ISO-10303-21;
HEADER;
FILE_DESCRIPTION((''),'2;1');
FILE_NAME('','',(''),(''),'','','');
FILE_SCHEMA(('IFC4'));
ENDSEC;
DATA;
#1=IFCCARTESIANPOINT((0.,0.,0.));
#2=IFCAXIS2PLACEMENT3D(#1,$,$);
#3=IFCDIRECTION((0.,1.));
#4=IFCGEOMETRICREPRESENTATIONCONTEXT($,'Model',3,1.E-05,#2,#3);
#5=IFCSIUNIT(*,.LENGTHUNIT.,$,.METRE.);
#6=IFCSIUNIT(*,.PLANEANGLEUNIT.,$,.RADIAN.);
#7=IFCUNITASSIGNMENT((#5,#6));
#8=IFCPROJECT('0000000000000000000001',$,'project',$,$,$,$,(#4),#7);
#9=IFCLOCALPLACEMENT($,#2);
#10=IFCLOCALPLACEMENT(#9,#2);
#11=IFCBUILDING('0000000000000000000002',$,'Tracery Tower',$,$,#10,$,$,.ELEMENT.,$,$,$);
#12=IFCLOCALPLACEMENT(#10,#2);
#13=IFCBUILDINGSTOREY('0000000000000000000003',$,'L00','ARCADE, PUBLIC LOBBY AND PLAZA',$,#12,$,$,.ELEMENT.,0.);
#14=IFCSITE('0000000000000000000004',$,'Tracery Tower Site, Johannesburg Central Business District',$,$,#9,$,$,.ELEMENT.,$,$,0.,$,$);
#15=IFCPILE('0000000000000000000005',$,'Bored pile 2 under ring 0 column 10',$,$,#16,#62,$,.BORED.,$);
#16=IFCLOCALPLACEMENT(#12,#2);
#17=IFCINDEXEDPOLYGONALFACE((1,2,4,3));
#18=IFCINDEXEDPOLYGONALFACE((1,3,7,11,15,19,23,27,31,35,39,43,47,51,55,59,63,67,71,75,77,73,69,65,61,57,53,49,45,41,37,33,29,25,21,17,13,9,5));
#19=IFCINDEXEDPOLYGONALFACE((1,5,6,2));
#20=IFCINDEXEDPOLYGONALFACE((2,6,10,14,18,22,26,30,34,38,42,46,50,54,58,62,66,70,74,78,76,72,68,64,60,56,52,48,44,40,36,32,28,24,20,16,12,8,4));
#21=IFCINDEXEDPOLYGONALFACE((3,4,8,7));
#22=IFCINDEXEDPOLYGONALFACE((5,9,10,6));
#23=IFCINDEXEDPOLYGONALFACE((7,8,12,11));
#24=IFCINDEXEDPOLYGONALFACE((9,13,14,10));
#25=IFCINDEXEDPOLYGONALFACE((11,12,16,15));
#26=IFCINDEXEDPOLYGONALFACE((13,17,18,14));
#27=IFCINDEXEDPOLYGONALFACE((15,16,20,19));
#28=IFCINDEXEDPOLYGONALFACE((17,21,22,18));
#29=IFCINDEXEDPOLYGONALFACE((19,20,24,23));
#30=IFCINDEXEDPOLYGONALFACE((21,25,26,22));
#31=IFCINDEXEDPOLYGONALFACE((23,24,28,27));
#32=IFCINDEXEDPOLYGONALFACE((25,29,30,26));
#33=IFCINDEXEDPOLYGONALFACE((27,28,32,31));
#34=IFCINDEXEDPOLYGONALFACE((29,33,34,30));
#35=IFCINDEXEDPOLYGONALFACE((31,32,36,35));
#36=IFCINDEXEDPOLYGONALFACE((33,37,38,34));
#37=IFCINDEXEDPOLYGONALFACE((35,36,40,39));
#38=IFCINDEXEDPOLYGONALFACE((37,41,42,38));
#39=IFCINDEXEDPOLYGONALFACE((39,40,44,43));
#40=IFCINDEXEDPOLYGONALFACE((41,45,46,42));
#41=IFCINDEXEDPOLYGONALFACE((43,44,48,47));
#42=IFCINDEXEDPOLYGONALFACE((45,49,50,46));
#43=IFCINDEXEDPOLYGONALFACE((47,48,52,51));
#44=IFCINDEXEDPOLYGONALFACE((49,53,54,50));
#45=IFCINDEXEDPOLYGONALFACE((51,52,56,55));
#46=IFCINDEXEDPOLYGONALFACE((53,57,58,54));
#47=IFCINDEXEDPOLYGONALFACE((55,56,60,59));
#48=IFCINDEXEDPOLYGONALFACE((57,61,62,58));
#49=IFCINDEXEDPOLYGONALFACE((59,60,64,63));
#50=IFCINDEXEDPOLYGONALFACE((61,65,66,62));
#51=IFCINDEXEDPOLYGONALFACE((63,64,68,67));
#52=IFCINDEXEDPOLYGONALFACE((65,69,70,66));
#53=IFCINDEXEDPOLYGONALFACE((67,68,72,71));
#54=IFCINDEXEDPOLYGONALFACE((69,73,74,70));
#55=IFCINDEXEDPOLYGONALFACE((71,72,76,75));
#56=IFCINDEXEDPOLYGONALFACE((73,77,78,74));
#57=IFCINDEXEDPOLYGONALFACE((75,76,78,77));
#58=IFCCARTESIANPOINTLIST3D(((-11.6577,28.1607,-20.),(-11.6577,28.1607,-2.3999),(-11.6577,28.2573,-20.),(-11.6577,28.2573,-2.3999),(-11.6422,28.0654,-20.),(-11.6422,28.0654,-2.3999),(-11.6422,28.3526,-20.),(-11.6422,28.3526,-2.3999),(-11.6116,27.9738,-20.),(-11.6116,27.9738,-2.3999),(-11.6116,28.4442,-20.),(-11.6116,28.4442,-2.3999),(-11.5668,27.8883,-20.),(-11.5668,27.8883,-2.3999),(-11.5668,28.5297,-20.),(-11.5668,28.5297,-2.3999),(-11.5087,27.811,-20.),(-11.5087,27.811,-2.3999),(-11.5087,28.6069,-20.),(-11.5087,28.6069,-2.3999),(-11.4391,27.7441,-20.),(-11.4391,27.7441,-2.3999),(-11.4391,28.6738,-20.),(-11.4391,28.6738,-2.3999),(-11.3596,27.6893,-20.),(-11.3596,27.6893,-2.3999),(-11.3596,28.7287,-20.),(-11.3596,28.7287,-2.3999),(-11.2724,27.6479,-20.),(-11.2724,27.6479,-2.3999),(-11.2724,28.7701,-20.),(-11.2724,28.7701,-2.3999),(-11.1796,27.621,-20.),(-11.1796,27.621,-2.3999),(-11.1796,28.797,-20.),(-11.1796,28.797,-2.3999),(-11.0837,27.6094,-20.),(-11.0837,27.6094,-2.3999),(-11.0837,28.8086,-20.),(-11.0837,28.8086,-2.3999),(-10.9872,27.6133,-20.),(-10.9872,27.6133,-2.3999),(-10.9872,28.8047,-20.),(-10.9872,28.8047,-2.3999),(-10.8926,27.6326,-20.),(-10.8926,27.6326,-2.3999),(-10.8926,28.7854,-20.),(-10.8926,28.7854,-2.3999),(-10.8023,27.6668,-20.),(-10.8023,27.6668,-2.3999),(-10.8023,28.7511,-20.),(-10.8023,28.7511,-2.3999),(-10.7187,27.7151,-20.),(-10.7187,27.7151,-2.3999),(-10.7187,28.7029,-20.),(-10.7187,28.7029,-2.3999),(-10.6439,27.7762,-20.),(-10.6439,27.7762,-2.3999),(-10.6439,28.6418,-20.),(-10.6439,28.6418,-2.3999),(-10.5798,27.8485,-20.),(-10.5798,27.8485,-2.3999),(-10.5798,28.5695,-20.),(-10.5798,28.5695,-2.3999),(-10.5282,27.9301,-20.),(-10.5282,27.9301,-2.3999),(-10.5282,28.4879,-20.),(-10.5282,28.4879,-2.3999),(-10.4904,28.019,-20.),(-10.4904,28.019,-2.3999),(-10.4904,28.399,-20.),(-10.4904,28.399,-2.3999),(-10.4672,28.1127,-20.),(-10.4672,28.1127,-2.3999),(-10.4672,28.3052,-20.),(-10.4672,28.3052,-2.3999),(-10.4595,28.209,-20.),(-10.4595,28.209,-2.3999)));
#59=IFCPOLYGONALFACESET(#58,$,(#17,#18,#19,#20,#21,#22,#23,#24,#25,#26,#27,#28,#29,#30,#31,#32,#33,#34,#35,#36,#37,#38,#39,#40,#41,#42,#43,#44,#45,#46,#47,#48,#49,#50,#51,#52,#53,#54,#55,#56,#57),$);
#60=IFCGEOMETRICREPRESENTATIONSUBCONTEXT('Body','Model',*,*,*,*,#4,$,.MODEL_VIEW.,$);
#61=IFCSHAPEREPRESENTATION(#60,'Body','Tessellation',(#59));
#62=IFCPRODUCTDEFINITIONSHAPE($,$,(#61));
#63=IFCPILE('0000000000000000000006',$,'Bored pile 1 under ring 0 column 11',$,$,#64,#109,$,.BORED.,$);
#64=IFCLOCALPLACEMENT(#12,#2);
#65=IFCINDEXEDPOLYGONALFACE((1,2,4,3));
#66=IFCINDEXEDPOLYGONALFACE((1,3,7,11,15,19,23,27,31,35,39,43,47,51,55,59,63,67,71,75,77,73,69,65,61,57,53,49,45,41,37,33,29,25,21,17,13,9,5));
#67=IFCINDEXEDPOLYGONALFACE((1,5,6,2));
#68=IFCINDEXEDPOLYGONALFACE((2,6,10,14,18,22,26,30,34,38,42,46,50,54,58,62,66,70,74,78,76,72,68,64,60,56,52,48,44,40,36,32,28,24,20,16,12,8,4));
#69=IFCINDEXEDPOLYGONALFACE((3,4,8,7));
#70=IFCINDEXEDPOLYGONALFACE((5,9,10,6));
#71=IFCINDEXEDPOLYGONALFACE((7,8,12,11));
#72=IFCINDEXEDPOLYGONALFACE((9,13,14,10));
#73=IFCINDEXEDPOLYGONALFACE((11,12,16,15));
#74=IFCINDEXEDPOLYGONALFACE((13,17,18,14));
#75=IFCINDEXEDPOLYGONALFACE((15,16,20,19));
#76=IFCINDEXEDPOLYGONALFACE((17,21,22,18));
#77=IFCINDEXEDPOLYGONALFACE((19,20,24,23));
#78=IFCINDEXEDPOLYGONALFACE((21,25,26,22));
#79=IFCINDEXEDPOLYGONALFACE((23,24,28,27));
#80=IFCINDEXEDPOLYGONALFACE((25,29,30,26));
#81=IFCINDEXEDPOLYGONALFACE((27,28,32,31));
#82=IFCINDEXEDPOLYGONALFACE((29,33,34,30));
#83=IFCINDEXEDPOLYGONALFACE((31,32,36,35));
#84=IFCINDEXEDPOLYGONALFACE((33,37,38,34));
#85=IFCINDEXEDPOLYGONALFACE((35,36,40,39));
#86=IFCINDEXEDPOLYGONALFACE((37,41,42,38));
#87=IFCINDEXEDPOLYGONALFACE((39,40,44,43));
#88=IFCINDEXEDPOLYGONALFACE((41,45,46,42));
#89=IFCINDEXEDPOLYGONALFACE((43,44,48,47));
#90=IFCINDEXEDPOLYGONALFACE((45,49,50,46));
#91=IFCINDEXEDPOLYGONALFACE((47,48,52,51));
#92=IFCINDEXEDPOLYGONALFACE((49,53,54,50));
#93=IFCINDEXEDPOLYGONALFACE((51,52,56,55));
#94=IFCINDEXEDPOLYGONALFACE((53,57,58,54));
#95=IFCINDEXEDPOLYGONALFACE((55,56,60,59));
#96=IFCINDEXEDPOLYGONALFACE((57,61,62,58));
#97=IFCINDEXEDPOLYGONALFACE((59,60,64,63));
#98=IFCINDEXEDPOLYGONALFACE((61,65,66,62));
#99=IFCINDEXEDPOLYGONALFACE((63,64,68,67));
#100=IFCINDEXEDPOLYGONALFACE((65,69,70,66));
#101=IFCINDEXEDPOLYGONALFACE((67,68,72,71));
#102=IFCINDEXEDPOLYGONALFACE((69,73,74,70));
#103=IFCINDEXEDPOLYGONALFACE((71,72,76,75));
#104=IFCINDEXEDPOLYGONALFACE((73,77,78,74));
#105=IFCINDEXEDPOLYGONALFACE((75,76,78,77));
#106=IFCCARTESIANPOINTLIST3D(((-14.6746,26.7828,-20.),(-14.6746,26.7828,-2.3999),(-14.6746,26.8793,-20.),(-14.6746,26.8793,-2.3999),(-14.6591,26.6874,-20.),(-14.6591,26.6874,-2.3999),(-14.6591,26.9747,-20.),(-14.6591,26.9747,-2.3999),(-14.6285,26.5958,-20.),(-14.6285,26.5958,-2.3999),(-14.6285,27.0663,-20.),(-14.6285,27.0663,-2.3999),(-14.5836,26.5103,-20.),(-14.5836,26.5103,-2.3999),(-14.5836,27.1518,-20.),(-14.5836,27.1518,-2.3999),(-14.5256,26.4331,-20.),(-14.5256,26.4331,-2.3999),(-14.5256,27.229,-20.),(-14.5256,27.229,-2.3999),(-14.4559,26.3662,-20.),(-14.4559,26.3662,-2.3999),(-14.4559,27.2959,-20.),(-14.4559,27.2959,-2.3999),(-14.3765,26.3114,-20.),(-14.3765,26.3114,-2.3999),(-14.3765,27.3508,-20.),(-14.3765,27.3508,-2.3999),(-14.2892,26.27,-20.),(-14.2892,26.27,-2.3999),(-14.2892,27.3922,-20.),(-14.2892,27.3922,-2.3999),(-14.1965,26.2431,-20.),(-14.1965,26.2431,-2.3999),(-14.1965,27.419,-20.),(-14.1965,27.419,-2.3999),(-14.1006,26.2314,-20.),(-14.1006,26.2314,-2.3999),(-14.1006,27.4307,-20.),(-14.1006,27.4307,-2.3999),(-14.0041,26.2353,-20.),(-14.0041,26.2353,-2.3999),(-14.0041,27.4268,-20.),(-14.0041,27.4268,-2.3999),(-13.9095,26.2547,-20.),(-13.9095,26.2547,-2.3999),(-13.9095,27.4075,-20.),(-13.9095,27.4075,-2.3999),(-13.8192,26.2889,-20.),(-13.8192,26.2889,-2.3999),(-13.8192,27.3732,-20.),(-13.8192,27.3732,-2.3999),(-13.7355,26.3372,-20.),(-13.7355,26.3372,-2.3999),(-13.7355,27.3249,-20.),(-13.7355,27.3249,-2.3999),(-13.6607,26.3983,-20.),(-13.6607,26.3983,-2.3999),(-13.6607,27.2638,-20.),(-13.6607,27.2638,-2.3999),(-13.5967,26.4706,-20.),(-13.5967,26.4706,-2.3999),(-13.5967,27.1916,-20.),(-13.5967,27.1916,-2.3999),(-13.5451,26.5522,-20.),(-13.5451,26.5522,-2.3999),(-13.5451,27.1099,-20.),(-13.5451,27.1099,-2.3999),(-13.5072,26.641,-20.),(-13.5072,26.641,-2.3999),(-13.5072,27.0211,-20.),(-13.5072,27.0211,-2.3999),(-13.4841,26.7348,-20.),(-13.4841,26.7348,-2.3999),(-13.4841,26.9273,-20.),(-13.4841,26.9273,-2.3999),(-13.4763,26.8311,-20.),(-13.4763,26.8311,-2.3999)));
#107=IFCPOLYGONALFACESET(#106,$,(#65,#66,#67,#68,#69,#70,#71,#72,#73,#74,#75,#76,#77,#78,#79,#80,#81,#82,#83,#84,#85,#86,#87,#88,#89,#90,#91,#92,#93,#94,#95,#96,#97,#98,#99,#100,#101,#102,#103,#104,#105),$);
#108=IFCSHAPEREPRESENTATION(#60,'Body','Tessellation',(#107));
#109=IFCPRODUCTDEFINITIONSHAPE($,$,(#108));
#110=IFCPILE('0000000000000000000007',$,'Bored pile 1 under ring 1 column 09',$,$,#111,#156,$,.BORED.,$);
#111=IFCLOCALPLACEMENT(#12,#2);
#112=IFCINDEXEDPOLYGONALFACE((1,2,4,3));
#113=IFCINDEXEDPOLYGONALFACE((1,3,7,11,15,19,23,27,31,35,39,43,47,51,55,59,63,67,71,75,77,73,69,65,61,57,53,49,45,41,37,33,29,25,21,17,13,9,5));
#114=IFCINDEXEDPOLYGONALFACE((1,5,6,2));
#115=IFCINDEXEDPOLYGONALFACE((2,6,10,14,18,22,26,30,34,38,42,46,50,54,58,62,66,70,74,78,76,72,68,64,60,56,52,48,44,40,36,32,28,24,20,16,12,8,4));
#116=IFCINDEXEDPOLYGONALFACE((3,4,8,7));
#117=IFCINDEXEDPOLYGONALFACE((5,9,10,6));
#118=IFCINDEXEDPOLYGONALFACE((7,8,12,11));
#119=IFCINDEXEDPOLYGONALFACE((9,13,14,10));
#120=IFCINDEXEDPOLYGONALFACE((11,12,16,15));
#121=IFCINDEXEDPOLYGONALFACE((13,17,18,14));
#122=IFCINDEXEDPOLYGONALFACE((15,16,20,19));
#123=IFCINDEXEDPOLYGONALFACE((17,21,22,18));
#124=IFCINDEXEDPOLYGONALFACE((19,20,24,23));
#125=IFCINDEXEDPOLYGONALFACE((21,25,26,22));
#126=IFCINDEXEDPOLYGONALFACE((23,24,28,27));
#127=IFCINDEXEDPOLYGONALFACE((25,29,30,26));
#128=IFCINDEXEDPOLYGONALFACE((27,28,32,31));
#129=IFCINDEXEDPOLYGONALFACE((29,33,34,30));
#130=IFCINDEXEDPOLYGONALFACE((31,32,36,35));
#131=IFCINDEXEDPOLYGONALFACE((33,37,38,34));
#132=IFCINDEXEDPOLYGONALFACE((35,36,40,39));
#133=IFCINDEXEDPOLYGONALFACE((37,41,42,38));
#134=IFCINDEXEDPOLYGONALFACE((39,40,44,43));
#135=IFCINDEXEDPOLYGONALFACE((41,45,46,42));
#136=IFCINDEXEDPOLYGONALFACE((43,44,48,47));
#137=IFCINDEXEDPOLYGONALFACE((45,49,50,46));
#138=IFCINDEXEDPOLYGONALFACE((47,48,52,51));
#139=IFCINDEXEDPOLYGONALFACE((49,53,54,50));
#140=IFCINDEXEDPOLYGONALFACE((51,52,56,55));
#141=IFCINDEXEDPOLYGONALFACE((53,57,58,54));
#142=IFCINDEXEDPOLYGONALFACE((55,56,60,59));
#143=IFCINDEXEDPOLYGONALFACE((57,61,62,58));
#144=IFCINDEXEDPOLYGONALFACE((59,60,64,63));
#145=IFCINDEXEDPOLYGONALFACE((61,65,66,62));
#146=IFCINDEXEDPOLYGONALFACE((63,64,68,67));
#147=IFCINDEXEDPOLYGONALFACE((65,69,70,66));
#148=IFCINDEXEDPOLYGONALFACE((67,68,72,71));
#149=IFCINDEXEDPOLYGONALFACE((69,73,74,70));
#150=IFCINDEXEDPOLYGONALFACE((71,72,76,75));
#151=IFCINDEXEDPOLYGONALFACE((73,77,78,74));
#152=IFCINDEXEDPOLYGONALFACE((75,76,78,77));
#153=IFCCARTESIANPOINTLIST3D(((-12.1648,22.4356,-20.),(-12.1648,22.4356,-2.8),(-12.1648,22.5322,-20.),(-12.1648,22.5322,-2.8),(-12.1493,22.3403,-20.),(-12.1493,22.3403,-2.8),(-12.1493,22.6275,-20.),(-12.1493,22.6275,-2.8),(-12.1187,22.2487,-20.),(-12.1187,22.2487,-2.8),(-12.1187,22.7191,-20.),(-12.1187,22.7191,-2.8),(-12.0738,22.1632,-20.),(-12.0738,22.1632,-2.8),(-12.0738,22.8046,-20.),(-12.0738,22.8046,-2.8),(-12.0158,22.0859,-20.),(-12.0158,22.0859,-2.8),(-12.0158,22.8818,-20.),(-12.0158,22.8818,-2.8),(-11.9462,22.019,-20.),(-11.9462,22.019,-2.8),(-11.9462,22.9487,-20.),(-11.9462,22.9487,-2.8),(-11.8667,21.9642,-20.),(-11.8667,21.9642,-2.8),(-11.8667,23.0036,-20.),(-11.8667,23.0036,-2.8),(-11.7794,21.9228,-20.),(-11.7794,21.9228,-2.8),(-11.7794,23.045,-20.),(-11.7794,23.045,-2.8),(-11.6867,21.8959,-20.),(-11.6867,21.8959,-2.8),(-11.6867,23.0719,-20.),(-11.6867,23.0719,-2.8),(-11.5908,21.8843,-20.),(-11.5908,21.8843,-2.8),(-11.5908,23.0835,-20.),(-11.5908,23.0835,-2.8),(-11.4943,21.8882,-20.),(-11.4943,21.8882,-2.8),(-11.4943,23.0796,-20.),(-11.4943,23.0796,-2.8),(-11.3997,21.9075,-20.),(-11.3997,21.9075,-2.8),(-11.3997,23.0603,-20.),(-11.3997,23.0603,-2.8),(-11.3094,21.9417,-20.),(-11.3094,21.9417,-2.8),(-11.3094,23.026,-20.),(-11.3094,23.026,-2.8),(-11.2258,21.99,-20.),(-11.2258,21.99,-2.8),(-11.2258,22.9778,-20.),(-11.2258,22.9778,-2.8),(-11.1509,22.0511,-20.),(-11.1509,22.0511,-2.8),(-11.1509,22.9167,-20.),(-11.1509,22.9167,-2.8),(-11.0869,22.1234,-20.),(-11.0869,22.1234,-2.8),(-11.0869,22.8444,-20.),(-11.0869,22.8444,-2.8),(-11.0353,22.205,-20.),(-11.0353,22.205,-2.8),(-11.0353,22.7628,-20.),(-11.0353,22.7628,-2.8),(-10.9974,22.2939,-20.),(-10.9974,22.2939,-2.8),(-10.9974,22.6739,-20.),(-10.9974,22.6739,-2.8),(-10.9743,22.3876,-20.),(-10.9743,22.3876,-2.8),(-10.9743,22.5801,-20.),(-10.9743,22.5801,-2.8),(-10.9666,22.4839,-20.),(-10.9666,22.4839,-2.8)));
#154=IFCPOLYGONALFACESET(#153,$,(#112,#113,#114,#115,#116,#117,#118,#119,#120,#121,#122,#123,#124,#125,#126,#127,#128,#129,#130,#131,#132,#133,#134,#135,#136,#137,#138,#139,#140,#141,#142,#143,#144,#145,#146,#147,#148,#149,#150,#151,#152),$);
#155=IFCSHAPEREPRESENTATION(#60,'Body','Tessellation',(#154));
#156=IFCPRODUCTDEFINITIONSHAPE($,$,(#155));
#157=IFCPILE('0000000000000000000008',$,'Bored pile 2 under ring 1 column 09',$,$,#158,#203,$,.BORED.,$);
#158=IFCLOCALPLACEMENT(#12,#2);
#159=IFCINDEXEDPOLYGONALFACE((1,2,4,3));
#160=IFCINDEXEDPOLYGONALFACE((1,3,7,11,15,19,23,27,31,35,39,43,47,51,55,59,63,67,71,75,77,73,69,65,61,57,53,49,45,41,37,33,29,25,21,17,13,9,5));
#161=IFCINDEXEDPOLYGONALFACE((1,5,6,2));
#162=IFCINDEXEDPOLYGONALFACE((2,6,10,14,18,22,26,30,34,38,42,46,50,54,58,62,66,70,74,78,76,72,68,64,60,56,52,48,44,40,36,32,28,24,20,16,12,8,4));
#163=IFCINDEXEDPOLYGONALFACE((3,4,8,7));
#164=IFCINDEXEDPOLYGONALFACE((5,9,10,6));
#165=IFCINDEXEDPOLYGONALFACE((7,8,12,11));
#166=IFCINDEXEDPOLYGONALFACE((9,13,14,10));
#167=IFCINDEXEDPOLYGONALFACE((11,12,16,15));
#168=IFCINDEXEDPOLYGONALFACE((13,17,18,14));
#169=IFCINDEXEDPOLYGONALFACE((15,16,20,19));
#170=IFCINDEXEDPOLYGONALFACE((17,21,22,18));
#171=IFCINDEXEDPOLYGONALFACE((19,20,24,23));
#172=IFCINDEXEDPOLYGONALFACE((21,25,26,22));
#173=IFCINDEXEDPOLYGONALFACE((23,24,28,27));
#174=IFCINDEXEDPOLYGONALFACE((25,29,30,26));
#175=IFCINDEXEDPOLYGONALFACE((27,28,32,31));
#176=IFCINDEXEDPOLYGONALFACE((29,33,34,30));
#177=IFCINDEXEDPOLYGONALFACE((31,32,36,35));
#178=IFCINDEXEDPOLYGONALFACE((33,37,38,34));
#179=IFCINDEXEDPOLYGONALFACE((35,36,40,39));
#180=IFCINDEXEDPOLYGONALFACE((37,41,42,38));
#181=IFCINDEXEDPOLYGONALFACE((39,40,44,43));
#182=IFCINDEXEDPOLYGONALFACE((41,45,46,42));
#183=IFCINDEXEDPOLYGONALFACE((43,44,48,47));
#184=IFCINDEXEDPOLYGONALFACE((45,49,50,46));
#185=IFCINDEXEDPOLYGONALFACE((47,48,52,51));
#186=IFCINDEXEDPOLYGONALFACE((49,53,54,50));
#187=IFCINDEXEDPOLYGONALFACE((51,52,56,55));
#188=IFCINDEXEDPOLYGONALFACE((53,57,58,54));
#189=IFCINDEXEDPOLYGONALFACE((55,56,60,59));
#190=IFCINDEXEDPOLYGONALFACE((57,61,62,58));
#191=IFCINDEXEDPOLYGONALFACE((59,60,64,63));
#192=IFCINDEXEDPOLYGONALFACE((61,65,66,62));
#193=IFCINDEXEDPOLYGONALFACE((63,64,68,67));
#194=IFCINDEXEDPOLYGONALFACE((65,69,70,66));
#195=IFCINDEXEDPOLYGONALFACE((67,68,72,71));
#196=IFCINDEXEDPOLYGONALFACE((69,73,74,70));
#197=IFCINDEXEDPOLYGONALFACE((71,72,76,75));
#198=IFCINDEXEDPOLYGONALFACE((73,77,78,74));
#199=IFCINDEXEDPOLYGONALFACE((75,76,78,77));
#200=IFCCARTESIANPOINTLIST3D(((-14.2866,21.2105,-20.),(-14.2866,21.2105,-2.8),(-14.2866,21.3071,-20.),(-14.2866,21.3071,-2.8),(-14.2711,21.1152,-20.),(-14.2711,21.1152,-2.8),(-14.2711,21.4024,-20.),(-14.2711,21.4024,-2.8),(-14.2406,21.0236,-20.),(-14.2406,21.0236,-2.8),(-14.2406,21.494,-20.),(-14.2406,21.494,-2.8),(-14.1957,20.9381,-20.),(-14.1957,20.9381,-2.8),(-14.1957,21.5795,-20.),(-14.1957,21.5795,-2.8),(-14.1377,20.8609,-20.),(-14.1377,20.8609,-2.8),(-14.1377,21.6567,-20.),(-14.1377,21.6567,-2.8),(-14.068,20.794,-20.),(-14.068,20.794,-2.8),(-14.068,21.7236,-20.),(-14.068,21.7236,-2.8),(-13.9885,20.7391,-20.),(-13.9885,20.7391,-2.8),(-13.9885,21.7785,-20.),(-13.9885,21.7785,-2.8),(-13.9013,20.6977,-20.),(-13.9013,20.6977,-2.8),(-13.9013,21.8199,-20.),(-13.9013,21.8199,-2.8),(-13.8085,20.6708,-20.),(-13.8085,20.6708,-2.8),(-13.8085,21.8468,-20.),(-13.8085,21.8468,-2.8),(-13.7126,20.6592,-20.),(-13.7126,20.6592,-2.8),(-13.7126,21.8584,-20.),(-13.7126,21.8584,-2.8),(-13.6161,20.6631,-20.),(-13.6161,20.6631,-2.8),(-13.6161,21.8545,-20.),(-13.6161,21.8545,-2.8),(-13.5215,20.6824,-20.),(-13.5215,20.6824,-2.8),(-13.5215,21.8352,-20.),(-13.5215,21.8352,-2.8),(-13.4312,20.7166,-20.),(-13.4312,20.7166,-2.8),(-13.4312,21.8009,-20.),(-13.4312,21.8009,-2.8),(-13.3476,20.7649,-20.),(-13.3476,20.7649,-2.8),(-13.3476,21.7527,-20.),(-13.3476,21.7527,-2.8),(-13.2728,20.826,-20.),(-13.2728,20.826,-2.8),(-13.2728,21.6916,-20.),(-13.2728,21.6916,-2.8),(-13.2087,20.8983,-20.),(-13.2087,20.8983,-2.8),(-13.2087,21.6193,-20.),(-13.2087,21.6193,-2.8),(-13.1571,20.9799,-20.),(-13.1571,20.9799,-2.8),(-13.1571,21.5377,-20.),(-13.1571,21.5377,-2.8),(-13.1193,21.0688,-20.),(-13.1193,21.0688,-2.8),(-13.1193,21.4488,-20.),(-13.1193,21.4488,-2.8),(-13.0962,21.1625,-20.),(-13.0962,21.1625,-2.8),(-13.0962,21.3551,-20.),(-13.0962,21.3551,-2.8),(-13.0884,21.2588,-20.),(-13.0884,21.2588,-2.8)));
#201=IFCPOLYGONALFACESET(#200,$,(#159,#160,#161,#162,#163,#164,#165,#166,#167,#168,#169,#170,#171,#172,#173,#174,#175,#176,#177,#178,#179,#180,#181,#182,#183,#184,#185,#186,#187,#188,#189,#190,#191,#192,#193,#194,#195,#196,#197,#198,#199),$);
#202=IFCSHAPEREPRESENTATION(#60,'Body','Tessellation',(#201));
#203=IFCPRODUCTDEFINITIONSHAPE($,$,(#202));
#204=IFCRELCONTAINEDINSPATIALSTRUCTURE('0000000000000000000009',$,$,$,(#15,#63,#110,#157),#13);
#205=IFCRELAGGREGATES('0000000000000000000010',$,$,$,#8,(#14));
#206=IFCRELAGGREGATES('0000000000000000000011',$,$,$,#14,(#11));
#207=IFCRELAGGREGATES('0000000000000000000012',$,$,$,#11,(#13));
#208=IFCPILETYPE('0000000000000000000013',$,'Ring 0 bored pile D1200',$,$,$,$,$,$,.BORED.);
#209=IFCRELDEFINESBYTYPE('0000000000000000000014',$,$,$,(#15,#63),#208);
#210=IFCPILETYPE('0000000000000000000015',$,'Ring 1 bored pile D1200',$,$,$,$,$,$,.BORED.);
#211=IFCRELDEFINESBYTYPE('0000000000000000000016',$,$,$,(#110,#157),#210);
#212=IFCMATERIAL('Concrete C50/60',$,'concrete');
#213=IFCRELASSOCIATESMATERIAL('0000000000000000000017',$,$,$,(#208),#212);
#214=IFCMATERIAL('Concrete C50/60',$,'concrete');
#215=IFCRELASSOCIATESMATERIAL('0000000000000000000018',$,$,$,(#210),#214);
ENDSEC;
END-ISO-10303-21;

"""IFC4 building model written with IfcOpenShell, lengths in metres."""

from ifc_helpers import new_model, si_unit, direction, frame, origin, origin_2d, place, context, subcontext, project, spatial, circle, extrude, material, material_profile, profile_set, type_object, element, save


model = new_model("IFC4")

# Units and contexts
model_context = context("Model", 3, precision=1e-05, world=origin(), true_north=direction((0.0, 1.0)))
body_context = subcontext(model_context, "Body", "Model", "MODEL_VIEW")
ifc_project = project(units=[si_unit("LENGTHUNIT", "METRE"), si_unit("PLANEANGLEUNIT", "RADIAN")], contexts=[model_context])

# Site, building, storey
site_placement = place(None, origin())
site = spatial("IfcSite", under=ifc_project, at=site_placement, Name="Tracery Tower Site, Johannesburg Central Business District", CompositionType="ELEMENT", RefElevation=0.0)
building_placement = place(site_placement, origin())
building = spatial("IfcBuilding", under=site, at=building_placement, Name="Tracery Tower", CompositionType="ELEMENT")
storey_placement = place(building_placement, origin())
storey = spatial("IfcBuildingStorey", under=building, at=storey_placement, Name="L00", Description="ARCADE, PUBLIC LOBBY AND PLAZA", CompositionType="ELEMENT", Elevation=0.0)

# Piles
ifc_material_1 = material(Name="Concrete C50/60", Category="concrete")
ifc_material_profile_1 = material_profile(ifc_material_1, circle(Radius=0.6001, at=origin_2d()), Name="RC D1200")
ifc_profile_set_1 = profile_set([ifc_material_profile_1], Name="Concrete C50/60")
pile_type_1 = type_object("IfcPileType", Name="Ring 0 bored pile D1200", PredefinedType="BORED", material=ifc_profile_set_1)
for number, where, z_axis, x_axis, name in (
    (1, (-11.0596, 28.209, -2.3999), (0.0, 0.0, -1.0), (1.0, 0.0, 0.0), "Bored pile 2 under ring 0 column 10"),
    (2, (-14.0764, 26.8311, -2.3999), (0.0, 0.0, -1.0), (1.0, 0.0, 0.0), "Bored pile 1 under ring 0 column 11"),
):
    element("IfcPile", number, at=place(storey_placement, frame(where, z_axis=z_axis, x_axis=x_axis)), inside=storey, type_object=pile_type_1, Name=name, PredefinedType="BORED", context=body_context, shape_type="SweptSolid", body=[
        extrude(circle(Radius=0.6001, at=origin_2d()), origin(), (0.0, 0.0, 1.0), 17.6001),
    ])
ifc_material_2 = material(Name="Concrete C50/60", Category="concrete")
ifc_material_profile_2 = material_profile(ifc_material_2, circle(Radius=0.6001, at=origin_2d()), Name="RC D1200")
ifc_profile_set_2 = profile_set([ifc_material_profile_2], Name="Concrete C50/60")
pile_type_2 = type_object("IfcPileType", Name="Ring 1 bored pile D1200", PredefinedType="BORED", material=ifc_profile_set_2)
for number, where, z_axis, x_axis, name in (
    (3, (-11.5667, 22.4839, -2.8), (0.0, 0.0, -1.0), (1.0, 0.0, 0.0), "Bored pile 1 under ring 1 column 09"),
    (4, (-13.6885, 21.2588, -2.8), (0.0, 0.0, -1.0), (1.0, 0.0, 0.0), "Bored pile 2 under ring 1 column 09"),
):
    element("IfcPile", number, at=place(storey_placement, frame(where, z_axis=z_axis, x_axis=x_axis)), inside=storey, type_object=pile_type_2, Name=name, PredefinedType="BORED", context=body_context, shape_type="SweptSolid", body=[
        extrude(circle(Radius=0.6001, at=origin_2d()), origin(), (0.0, 0.0, 1.0), 17.2),
    ])

save(model, "model.ifc")
